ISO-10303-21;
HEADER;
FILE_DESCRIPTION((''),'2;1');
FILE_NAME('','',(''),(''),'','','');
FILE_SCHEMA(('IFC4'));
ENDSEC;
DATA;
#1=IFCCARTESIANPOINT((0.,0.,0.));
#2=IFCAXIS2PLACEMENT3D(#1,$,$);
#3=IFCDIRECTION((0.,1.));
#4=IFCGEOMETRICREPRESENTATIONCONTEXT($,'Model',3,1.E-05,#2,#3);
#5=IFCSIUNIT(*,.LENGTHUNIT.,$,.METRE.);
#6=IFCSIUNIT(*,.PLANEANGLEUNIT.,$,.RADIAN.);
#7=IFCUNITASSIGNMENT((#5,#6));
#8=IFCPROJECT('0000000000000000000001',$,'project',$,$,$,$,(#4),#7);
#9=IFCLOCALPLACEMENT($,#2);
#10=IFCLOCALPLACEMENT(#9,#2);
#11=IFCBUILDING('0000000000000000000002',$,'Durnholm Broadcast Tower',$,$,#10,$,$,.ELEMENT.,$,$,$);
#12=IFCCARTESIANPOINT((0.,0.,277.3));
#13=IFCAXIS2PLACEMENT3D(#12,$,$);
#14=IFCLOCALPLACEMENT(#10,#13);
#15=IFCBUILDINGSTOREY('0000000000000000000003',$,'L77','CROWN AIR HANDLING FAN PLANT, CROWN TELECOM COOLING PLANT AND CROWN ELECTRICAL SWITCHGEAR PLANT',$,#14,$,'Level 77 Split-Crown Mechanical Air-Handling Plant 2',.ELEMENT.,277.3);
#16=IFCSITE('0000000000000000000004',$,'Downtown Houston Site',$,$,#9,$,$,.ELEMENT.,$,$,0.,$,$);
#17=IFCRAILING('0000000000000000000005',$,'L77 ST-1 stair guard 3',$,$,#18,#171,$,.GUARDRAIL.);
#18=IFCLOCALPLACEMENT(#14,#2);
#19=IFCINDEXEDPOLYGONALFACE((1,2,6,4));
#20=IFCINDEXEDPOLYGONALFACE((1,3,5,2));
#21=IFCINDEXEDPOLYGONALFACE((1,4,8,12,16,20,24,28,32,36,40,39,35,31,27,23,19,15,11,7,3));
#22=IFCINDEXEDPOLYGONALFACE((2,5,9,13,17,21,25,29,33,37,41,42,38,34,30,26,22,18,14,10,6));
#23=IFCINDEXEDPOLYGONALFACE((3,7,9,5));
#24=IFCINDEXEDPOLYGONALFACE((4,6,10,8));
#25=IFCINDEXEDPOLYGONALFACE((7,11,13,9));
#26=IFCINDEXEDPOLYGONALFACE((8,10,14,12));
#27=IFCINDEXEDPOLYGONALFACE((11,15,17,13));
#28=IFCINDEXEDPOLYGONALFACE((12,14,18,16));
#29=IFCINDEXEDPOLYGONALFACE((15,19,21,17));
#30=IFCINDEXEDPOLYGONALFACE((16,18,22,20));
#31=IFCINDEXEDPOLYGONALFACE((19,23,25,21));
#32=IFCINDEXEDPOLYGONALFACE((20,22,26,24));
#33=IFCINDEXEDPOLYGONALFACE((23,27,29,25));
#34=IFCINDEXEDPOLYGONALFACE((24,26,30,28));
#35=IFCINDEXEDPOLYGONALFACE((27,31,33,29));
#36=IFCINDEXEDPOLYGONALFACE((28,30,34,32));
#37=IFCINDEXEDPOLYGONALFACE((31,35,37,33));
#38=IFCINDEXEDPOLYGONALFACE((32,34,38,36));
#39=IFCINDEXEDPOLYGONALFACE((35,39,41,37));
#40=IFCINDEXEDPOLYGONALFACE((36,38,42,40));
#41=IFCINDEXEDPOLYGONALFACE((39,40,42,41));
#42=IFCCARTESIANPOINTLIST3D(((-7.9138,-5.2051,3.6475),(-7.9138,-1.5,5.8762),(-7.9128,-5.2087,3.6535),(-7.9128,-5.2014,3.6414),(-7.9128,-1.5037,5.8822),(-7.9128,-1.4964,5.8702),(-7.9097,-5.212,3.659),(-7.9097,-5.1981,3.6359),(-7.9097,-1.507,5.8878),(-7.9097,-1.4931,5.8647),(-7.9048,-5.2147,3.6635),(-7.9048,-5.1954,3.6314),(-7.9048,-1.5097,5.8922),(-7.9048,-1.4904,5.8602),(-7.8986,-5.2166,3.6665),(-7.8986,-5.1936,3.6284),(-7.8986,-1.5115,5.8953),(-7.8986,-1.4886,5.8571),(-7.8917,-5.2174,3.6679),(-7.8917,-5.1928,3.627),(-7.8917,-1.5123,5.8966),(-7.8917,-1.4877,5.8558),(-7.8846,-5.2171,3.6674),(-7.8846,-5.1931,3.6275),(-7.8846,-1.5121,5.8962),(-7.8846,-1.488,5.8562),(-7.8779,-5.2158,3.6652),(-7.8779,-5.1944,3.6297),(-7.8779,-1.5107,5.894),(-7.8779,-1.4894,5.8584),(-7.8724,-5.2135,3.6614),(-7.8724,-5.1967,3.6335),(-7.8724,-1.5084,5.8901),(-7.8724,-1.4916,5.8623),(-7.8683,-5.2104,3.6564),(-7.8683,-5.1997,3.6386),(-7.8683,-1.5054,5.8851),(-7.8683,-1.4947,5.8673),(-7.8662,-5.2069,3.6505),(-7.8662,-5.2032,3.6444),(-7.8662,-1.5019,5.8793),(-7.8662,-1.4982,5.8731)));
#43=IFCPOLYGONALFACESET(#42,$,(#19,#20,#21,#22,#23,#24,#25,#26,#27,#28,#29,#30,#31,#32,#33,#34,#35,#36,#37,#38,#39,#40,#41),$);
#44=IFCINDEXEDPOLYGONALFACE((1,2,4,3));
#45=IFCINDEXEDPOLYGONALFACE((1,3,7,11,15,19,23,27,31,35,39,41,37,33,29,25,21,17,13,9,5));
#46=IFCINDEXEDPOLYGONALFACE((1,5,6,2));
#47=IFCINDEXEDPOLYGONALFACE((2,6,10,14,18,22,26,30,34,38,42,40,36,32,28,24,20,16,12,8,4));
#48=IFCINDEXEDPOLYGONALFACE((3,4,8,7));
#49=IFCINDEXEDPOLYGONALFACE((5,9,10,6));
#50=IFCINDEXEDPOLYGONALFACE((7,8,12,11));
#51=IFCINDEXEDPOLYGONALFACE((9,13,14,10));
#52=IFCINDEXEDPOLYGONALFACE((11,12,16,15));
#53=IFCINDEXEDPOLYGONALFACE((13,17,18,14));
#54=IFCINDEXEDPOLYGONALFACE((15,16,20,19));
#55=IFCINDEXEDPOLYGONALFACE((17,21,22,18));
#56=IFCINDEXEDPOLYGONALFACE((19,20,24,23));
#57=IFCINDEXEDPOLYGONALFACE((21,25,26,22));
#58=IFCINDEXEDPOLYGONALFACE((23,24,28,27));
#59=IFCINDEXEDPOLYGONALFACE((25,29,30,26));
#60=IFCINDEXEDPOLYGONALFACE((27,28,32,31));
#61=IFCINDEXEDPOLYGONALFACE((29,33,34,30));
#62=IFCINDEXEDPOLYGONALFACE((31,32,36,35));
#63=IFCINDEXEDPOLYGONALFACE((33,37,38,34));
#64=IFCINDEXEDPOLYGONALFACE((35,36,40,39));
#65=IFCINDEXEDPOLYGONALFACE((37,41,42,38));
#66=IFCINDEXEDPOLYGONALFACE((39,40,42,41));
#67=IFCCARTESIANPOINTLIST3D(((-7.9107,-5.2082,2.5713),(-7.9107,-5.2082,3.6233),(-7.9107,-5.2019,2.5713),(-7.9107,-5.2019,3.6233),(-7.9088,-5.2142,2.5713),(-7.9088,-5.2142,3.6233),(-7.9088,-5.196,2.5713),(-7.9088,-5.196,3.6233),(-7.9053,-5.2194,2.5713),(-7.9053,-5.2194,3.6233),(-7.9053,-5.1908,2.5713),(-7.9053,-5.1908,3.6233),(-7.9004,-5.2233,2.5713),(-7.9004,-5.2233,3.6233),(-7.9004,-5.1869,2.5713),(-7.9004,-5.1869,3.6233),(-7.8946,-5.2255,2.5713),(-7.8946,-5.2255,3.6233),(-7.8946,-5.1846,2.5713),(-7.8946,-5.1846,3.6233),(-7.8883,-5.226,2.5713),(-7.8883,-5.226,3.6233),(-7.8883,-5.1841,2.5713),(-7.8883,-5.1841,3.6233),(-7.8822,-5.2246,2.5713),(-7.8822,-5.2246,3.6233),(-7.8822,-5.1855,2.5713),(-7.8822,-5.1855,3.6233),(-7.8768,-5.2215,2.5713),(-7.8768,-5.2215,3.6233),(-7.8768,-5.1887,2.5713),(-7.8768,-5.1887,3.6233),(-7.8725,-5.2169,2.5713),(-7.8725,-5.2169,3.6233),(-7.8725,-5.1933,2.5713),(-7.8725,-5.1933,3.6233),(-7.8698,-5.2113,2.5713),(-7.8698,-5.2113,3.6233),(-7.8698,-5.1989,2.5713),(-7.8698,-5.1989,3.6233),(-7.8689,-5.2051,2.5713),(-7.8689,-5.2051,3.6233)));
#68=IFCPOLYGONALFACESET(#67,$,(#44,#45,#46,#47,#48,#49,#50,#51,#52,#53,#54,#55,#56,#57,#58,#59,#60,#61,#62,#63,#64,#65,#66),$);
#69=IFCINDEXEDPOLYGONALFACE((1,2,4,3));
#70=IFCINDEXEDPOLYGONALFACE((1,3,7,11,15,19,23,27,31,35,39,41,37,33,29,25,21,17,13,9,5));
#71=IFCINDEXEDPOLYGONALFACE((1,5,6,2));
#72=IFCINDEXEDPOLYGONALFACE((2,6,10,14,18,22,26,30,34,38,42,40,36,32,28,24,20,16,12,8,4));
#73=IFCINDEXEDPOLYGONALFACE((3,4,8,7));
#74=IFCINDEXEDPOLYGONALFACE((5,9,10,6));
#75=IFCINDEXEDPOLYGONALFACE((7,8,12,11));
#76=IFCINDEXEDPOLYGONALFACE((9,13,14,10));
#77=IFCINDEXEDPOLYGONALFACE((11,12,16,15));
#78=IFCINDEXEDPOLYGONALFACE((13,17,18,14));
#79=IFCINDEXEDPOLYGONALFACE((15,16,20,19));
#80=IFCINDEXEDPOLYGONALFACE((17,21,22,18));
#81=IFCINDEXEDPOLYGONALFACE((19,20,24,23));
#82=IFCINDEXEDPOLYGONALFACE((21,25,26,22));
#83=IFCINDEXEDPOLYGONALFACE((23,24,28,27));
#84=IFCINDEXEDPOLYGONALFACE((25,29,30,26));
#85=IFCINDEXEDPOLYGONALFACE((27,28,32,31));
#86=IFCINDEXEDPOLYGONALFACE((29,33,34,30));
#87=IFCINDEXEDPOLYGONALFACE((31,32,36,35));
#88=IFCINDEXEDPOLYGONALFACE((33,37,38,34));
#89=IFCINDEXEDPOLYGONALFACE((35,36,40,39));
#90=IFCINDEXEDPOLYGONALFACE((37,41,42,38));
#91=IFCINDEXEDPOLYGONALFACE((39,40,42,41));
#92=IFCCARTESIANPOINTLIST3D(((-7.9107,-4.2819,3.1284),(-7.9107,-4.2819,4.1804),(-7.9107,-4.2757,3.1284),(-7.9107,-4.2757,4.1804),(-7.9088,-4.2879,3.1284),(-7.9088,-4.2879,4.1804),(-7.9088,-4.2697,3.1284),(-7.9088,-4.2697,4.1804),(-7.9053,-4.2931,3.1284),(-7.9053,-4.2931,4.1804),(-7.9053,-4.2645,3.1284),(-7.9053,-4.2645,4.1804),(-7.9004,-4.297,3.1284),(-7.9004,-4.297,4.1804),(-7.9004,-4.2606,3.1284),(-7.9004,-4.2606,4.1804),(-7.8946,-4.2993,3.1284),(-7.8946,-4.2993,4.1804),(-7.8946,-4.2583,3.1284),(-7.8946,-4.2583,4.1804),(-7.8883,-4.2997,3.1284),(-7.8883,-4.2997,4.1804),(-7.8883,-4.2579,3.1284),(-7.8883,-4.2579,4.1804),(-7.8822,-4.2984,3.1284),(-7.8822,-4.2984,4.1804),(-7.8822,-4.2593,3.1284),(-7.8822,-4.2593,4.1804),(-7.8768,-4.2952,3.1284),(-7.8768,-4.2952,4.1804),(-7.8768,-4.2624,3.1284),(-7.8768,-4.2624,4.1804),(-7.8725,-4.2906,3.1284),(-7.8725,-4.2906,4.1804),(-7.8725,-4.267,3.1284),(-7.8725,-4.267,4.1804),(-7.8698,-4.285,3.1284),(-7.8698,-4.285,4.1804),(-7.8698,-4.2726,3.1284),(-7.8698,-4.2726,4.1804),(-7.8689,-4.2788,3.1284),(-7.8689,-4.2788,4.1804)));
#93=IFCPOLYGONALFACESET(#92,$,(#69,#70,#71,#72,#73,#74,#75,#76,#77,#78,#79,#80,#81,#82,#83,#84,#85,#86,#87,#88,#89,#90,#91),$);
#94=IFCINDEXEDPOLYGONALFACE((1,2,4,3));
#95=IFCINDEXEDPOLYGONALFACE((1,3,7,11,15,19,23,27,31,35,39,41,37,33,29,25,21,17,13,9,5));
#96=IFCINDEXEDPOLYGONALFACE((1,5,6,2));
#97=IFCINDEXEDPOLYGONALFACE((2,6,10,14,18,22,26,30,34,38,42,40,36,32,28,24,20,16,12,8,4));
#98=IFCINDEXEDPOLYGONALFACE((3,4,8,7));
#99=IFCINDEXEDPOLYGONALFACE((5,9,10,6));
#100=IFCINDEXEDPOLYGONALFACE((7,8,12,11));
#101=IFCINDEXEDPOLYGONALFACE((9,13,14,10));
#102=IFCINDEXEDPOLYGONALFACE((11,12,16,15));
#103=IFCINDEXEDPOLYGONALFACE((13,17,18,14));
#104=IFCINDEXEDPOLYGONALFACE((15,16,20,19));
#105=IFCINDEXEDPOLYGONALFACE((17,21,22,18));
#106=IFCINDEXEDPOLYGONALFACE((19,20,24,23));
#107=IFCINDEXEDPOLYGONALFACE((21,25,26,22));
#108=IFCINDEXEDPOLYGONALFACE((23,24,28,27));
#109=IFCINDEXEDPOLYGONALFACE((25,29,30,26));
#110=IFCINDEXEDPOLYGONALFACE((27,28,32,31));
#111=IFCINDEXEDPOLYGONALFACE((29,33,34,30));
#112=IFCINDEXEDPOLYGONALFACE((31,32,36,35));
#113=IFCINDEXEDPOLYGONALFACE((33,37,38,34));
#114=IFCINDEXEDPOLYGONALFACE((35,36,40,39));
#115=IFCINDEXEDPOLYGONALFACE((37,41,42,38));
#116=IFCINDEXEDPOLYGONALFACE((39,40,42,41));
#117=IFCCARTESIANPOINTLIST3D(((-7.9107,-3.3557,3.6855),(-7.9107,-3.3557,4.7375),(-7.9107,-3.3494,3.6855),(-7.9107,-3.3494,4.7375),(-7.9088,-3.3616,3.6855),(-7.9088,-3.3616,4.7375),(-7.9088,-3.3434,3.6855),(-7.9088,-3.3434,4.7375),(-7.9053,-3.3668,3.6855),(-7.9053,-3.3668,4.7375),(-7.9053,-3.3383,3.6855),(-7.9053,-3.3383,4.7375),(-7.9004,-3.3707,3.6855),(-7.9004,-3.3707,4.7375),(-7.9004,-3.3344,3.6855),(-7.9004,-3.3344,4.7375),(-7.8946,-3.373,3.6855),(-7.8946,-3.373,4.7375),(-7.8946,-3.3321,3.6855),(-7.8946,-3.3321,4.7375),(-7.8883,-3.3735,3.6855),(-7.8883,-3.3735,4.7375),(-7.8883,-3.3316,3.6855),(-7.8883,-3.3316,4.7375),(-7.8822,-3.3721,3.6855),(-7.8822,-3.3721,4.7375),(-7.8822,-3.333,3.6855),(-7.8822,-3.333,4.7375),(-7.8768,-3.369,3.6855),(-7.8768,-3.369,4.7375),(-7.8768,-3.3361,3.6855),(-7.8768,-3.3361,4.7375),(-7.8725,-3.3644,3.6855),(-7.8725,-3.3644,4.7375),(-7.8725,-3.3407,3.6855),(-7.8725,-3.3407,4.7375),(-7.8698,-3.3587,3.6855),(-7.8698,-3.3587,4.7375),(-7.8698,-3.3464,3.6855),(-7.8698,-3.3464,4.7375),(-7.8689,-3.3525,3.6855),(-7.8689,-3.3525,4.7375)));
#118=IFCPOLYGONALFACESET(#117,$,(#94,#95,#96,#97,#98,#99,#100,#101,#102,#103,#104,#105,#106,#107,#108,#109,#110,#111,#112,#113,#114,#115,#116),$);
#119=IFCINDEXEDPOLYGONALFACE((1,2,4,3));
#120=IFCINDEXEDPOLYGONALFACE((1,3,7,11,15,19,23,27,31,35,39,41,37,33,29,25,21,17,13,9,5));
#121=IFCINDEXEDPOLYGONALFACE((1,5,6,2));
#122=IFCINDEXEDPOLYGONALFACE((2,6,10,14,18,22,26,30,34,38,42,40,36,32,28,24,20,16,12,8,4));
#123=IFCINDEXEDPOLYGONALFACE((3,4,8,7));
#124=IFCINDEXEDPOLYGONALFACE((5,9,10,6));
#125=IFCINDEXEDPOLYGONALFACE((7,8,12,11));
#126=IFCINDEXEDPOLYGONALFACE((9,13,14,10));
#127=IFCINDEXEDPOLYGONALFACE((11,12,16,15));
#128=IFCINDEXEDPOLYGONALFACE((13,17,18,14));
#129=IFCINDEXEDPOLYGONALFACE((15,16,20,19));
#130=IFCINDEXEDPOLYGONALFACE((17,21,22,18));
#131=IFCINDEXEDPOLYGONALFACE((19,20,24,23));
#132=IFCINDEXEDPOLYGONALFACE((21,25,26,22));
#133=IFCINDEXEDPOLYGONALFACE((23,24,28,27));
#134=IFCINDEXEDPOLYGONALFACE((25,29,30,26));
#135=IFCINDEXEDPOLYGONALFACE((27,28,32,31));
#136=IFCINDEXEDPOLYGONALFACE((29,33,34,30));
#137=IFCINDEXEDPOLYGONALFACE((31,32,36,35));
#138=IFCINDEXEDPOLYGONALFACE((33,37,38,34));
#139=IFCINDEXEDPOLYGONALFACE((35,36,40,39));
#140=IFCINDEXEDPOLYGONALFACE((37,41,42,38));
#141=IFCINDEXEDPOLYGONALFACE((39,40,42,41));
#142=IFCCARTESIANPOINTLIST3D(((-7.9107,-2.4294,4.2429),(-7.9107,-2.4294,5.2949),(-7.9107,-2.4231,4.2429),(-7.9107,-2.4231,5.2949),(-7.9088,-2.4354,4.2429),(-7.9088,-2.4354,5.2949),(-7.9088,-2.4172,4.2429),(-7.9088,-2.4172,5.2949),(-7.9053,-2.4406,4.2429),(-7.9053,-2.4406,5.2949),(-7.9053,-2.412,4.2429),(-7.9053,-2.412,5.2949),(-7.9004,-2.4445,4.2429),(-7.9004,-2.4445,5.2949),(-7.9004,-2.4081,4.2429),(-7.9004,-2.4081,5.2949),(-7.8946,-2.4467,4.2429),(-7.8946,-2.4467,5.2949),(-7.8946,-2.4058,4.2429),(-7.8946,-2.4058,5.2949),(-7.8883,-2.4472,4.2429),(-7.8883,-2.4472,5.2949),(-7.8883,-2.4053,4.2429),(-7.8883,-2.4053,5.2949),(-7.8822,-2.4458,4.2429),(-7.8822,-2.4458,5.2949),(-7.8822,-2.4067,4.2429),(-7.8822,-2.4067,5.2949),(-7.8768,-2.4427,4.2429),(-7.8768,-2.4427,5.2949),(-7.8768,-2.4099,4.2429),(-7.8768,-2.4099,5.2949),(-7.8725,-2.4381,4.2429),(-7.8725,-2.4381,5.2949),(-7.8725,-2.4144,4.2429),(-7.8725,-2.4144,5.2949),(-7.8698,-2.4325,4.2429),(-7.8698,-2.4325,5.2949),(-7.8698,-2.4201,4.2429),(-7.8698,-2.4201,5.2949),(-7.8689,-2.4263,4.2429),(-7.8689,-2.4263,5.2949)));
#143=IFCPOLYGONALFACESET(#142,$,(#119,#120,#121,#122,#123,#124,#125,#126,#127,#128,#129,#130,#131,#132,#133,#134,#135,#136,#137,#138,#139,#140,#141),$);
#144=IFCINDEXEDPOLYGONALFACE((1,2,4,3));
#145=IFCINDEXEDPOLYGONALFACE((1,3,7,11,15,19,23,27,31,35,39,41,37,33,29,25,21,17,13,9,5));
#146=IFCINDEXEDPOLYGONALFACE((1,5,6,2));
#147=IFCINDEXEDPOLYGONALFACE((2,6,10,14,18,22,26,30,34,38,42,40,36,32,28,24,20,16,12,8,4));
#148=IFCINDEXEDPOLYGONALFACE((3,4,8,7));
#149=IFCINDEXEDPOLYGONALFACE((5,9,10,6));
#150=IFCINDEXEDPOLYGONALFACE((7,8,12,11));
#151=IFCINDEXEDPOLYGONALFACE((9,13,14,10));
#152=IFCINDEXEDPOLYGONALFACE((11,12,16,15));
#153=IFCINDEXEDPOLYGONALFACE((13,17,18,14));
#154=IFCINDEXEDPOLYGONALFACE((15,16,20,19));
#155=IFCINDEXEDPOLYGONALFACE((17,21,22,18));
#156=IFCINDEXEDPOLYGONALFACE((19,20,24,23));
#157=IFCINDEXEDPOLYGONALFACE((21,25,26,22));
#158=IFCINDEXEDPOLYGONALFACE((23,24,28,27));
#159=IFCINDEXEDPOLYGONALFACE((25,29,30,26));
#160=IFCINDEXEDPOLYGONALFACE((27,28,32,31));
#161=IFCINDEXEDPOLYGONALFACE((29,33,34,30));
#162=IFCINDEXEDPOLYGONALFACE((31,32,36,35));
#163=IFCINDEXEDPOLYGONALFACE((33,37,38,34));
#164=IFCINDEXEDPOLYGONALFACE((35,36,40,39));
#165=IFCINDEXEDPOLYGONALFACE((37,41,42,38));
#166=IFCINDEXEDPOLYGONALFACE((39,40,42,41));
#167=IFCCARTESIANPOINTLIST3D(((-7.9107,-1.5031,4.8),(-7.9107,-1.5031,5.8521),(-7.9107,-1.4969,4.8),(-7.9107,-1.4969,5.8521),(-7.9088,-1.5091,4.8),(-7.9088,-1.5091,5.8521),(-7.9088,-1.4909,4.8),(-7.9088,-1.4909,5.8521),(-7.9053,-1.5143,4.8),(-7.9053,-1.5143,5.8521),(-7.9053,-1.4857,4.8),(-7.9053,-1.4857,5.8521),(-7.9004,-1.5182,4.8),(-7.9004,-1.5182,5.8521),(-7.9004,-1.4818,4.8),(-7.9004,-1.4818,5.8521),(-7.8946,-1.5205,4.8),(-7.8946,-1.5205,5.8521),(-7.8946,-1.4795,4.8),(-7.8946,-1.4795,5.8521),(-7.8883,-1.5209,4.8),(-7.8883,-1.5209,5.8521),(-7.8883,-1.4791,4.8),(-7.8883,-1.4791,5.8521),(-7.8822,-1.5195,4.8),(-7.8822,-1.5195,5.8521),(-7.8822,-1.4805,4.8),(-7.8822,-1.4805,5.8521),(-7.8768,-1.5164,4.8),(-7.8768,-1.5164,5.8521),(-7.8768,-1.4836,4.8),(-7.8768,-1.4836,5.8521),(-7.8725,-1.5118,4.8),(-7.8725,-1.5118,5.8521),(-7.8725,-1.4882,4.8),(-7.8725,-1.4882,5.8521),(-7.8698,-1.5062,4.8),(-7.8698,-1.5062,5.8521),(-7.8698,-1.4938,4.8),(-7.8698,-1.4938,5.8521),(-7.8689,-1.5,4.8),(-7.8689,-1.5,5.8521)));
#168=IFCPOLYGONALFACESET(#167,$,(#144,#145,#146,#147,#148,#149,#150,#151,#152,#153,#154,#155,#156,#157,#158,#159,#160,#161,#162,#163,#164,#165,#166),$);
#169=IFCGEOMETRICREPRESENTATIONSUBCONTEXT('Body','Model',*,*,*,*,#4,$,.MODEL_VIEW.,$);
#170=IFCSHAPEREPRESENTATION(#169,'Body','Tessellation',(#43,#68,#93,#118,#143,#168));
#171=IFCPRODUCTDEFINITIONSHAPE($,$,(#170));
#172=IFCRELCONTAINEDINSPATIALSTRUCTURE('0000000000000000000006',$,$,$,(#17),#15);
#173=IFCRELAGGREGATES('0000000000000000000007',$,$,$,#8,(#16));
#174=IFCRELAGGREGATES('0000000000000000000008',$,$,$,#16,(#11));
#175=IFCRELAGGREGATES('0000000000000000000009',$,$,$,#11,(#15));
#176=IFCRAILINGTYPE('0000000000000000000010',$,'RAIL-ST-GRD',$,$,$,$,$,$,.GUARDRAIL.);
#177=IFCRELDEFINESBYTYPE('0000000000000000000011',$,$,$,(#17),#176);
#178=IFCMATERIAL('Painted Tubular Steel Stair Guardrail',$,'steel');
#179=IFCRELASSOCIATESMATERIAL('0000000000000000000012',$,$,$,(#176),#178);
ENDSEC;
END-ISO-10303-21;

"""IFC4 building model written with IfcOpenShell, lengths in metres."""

from ifc_helpers import new_model, si_unit, direction, frame, origin, origin_2d, place, context, subcontext, project, spatial, circle, extrude, material, type_object, element, save


model = new_model("IFC4")

# Units and contexts
model_context = context("Model", 3, precision=1e-05, world=origin(), true_north=direction((0.0, 1.0)))
body_context = subcontext(model_context, "Body", "Model", "MODEL_VIEW")
ifc_project = project(units=[si_unit("LENGTHUNIT", "METRE"), si_unit("PLANEANGLEUNIT", "RADIAN")], contexts=[model_context])

# Site, building, storey
site_placement = place(None, origin())
site = spatial("IfcSite", under=ifc_project, at=site_placement, Name="Downtown Houston Site", CompositionType="ELEMENT", RefElevation=0.0)
building_placement = place(site_placement, origin())
building = spatial("IfcBuilding", under=site, at=building_placement, Name="Durnholm Broadcast Tower", CompositionType="ELEMENT")
storey_placement = place(building_placement, frame((0.0, 0.0, 277.3)))
storey = spatial("IfcBuildingStorey", under=building, at=storey_placement, Name="L77", Description="CROWN AIR HANDLING FAN PLANT, CROWN TELECOM COOLING PLANT AND CROWN ELECTRICAL SWITCHGEAR PLANT", LongName="Level 77 Split-Crown Mechanical Air-Handling Plant 2", CompositionType="ELEMENT", Elevation=277.3)

# Railing
ifc_material_1 = material(Name="Painted Tubular Steel Stair Guardrail", Category="steel")
railing_type_1 = type_object("IfcRailingType", Name="RAIL-ST-GRD", PredefinedType="GUARDRAIL", material=ifc_material_1)
railing_1_placement = place(storey_placement, frame((-7.8899, -5.2051, 2.5713)))
element("IfcRailing", 1, at=railing_1_placement, inside=storey, type_object=railing_type_1, Name="L77 ST-1 stair guard 3", PredefinedType="GUARDRAIL", context=body_context, shape_type="SweptSolid", body=[
    extrude(circle(Radius=0.0239, at=origin_2d()), frame((0.0, 0.0, 1.0762), z_axis=(0.0, 0.856909, 0.515467), x_axis=(-1.0, 0.0, 0.0)), (0.0, 0.0, 1.0), 4.3237),
    extrude(circle(Radius=0.021, at=origin_2d()), origin(), (0.0, 0.0, 1.0), 1.052),
    extrude(circle(Radius=0.021, at=origin_2d()), frame((0.0, 0.9263, 0.5571)), (0.0, 0.0, 1.0), 1.052),
    extrude(circle(Radius=0.021, at=origin_2d()), frame((0.0, 1.8525, 1.1143)), (0.0, 0.0, 1.0), 1.052),
    extrude(circle(Radius=0.021, at=origin_2d()), frame((0.0, 2.7788, 1.6716)), (0.0, 0.0, 1.0), 1.052),
    extrude(circle(Radius=0.021, at=origin_2d()), frame((0.0, 3.7051, 2.2288)), (0.0, 0.0, 1.0), 1.052),
])

save(model, "model.ifc")
